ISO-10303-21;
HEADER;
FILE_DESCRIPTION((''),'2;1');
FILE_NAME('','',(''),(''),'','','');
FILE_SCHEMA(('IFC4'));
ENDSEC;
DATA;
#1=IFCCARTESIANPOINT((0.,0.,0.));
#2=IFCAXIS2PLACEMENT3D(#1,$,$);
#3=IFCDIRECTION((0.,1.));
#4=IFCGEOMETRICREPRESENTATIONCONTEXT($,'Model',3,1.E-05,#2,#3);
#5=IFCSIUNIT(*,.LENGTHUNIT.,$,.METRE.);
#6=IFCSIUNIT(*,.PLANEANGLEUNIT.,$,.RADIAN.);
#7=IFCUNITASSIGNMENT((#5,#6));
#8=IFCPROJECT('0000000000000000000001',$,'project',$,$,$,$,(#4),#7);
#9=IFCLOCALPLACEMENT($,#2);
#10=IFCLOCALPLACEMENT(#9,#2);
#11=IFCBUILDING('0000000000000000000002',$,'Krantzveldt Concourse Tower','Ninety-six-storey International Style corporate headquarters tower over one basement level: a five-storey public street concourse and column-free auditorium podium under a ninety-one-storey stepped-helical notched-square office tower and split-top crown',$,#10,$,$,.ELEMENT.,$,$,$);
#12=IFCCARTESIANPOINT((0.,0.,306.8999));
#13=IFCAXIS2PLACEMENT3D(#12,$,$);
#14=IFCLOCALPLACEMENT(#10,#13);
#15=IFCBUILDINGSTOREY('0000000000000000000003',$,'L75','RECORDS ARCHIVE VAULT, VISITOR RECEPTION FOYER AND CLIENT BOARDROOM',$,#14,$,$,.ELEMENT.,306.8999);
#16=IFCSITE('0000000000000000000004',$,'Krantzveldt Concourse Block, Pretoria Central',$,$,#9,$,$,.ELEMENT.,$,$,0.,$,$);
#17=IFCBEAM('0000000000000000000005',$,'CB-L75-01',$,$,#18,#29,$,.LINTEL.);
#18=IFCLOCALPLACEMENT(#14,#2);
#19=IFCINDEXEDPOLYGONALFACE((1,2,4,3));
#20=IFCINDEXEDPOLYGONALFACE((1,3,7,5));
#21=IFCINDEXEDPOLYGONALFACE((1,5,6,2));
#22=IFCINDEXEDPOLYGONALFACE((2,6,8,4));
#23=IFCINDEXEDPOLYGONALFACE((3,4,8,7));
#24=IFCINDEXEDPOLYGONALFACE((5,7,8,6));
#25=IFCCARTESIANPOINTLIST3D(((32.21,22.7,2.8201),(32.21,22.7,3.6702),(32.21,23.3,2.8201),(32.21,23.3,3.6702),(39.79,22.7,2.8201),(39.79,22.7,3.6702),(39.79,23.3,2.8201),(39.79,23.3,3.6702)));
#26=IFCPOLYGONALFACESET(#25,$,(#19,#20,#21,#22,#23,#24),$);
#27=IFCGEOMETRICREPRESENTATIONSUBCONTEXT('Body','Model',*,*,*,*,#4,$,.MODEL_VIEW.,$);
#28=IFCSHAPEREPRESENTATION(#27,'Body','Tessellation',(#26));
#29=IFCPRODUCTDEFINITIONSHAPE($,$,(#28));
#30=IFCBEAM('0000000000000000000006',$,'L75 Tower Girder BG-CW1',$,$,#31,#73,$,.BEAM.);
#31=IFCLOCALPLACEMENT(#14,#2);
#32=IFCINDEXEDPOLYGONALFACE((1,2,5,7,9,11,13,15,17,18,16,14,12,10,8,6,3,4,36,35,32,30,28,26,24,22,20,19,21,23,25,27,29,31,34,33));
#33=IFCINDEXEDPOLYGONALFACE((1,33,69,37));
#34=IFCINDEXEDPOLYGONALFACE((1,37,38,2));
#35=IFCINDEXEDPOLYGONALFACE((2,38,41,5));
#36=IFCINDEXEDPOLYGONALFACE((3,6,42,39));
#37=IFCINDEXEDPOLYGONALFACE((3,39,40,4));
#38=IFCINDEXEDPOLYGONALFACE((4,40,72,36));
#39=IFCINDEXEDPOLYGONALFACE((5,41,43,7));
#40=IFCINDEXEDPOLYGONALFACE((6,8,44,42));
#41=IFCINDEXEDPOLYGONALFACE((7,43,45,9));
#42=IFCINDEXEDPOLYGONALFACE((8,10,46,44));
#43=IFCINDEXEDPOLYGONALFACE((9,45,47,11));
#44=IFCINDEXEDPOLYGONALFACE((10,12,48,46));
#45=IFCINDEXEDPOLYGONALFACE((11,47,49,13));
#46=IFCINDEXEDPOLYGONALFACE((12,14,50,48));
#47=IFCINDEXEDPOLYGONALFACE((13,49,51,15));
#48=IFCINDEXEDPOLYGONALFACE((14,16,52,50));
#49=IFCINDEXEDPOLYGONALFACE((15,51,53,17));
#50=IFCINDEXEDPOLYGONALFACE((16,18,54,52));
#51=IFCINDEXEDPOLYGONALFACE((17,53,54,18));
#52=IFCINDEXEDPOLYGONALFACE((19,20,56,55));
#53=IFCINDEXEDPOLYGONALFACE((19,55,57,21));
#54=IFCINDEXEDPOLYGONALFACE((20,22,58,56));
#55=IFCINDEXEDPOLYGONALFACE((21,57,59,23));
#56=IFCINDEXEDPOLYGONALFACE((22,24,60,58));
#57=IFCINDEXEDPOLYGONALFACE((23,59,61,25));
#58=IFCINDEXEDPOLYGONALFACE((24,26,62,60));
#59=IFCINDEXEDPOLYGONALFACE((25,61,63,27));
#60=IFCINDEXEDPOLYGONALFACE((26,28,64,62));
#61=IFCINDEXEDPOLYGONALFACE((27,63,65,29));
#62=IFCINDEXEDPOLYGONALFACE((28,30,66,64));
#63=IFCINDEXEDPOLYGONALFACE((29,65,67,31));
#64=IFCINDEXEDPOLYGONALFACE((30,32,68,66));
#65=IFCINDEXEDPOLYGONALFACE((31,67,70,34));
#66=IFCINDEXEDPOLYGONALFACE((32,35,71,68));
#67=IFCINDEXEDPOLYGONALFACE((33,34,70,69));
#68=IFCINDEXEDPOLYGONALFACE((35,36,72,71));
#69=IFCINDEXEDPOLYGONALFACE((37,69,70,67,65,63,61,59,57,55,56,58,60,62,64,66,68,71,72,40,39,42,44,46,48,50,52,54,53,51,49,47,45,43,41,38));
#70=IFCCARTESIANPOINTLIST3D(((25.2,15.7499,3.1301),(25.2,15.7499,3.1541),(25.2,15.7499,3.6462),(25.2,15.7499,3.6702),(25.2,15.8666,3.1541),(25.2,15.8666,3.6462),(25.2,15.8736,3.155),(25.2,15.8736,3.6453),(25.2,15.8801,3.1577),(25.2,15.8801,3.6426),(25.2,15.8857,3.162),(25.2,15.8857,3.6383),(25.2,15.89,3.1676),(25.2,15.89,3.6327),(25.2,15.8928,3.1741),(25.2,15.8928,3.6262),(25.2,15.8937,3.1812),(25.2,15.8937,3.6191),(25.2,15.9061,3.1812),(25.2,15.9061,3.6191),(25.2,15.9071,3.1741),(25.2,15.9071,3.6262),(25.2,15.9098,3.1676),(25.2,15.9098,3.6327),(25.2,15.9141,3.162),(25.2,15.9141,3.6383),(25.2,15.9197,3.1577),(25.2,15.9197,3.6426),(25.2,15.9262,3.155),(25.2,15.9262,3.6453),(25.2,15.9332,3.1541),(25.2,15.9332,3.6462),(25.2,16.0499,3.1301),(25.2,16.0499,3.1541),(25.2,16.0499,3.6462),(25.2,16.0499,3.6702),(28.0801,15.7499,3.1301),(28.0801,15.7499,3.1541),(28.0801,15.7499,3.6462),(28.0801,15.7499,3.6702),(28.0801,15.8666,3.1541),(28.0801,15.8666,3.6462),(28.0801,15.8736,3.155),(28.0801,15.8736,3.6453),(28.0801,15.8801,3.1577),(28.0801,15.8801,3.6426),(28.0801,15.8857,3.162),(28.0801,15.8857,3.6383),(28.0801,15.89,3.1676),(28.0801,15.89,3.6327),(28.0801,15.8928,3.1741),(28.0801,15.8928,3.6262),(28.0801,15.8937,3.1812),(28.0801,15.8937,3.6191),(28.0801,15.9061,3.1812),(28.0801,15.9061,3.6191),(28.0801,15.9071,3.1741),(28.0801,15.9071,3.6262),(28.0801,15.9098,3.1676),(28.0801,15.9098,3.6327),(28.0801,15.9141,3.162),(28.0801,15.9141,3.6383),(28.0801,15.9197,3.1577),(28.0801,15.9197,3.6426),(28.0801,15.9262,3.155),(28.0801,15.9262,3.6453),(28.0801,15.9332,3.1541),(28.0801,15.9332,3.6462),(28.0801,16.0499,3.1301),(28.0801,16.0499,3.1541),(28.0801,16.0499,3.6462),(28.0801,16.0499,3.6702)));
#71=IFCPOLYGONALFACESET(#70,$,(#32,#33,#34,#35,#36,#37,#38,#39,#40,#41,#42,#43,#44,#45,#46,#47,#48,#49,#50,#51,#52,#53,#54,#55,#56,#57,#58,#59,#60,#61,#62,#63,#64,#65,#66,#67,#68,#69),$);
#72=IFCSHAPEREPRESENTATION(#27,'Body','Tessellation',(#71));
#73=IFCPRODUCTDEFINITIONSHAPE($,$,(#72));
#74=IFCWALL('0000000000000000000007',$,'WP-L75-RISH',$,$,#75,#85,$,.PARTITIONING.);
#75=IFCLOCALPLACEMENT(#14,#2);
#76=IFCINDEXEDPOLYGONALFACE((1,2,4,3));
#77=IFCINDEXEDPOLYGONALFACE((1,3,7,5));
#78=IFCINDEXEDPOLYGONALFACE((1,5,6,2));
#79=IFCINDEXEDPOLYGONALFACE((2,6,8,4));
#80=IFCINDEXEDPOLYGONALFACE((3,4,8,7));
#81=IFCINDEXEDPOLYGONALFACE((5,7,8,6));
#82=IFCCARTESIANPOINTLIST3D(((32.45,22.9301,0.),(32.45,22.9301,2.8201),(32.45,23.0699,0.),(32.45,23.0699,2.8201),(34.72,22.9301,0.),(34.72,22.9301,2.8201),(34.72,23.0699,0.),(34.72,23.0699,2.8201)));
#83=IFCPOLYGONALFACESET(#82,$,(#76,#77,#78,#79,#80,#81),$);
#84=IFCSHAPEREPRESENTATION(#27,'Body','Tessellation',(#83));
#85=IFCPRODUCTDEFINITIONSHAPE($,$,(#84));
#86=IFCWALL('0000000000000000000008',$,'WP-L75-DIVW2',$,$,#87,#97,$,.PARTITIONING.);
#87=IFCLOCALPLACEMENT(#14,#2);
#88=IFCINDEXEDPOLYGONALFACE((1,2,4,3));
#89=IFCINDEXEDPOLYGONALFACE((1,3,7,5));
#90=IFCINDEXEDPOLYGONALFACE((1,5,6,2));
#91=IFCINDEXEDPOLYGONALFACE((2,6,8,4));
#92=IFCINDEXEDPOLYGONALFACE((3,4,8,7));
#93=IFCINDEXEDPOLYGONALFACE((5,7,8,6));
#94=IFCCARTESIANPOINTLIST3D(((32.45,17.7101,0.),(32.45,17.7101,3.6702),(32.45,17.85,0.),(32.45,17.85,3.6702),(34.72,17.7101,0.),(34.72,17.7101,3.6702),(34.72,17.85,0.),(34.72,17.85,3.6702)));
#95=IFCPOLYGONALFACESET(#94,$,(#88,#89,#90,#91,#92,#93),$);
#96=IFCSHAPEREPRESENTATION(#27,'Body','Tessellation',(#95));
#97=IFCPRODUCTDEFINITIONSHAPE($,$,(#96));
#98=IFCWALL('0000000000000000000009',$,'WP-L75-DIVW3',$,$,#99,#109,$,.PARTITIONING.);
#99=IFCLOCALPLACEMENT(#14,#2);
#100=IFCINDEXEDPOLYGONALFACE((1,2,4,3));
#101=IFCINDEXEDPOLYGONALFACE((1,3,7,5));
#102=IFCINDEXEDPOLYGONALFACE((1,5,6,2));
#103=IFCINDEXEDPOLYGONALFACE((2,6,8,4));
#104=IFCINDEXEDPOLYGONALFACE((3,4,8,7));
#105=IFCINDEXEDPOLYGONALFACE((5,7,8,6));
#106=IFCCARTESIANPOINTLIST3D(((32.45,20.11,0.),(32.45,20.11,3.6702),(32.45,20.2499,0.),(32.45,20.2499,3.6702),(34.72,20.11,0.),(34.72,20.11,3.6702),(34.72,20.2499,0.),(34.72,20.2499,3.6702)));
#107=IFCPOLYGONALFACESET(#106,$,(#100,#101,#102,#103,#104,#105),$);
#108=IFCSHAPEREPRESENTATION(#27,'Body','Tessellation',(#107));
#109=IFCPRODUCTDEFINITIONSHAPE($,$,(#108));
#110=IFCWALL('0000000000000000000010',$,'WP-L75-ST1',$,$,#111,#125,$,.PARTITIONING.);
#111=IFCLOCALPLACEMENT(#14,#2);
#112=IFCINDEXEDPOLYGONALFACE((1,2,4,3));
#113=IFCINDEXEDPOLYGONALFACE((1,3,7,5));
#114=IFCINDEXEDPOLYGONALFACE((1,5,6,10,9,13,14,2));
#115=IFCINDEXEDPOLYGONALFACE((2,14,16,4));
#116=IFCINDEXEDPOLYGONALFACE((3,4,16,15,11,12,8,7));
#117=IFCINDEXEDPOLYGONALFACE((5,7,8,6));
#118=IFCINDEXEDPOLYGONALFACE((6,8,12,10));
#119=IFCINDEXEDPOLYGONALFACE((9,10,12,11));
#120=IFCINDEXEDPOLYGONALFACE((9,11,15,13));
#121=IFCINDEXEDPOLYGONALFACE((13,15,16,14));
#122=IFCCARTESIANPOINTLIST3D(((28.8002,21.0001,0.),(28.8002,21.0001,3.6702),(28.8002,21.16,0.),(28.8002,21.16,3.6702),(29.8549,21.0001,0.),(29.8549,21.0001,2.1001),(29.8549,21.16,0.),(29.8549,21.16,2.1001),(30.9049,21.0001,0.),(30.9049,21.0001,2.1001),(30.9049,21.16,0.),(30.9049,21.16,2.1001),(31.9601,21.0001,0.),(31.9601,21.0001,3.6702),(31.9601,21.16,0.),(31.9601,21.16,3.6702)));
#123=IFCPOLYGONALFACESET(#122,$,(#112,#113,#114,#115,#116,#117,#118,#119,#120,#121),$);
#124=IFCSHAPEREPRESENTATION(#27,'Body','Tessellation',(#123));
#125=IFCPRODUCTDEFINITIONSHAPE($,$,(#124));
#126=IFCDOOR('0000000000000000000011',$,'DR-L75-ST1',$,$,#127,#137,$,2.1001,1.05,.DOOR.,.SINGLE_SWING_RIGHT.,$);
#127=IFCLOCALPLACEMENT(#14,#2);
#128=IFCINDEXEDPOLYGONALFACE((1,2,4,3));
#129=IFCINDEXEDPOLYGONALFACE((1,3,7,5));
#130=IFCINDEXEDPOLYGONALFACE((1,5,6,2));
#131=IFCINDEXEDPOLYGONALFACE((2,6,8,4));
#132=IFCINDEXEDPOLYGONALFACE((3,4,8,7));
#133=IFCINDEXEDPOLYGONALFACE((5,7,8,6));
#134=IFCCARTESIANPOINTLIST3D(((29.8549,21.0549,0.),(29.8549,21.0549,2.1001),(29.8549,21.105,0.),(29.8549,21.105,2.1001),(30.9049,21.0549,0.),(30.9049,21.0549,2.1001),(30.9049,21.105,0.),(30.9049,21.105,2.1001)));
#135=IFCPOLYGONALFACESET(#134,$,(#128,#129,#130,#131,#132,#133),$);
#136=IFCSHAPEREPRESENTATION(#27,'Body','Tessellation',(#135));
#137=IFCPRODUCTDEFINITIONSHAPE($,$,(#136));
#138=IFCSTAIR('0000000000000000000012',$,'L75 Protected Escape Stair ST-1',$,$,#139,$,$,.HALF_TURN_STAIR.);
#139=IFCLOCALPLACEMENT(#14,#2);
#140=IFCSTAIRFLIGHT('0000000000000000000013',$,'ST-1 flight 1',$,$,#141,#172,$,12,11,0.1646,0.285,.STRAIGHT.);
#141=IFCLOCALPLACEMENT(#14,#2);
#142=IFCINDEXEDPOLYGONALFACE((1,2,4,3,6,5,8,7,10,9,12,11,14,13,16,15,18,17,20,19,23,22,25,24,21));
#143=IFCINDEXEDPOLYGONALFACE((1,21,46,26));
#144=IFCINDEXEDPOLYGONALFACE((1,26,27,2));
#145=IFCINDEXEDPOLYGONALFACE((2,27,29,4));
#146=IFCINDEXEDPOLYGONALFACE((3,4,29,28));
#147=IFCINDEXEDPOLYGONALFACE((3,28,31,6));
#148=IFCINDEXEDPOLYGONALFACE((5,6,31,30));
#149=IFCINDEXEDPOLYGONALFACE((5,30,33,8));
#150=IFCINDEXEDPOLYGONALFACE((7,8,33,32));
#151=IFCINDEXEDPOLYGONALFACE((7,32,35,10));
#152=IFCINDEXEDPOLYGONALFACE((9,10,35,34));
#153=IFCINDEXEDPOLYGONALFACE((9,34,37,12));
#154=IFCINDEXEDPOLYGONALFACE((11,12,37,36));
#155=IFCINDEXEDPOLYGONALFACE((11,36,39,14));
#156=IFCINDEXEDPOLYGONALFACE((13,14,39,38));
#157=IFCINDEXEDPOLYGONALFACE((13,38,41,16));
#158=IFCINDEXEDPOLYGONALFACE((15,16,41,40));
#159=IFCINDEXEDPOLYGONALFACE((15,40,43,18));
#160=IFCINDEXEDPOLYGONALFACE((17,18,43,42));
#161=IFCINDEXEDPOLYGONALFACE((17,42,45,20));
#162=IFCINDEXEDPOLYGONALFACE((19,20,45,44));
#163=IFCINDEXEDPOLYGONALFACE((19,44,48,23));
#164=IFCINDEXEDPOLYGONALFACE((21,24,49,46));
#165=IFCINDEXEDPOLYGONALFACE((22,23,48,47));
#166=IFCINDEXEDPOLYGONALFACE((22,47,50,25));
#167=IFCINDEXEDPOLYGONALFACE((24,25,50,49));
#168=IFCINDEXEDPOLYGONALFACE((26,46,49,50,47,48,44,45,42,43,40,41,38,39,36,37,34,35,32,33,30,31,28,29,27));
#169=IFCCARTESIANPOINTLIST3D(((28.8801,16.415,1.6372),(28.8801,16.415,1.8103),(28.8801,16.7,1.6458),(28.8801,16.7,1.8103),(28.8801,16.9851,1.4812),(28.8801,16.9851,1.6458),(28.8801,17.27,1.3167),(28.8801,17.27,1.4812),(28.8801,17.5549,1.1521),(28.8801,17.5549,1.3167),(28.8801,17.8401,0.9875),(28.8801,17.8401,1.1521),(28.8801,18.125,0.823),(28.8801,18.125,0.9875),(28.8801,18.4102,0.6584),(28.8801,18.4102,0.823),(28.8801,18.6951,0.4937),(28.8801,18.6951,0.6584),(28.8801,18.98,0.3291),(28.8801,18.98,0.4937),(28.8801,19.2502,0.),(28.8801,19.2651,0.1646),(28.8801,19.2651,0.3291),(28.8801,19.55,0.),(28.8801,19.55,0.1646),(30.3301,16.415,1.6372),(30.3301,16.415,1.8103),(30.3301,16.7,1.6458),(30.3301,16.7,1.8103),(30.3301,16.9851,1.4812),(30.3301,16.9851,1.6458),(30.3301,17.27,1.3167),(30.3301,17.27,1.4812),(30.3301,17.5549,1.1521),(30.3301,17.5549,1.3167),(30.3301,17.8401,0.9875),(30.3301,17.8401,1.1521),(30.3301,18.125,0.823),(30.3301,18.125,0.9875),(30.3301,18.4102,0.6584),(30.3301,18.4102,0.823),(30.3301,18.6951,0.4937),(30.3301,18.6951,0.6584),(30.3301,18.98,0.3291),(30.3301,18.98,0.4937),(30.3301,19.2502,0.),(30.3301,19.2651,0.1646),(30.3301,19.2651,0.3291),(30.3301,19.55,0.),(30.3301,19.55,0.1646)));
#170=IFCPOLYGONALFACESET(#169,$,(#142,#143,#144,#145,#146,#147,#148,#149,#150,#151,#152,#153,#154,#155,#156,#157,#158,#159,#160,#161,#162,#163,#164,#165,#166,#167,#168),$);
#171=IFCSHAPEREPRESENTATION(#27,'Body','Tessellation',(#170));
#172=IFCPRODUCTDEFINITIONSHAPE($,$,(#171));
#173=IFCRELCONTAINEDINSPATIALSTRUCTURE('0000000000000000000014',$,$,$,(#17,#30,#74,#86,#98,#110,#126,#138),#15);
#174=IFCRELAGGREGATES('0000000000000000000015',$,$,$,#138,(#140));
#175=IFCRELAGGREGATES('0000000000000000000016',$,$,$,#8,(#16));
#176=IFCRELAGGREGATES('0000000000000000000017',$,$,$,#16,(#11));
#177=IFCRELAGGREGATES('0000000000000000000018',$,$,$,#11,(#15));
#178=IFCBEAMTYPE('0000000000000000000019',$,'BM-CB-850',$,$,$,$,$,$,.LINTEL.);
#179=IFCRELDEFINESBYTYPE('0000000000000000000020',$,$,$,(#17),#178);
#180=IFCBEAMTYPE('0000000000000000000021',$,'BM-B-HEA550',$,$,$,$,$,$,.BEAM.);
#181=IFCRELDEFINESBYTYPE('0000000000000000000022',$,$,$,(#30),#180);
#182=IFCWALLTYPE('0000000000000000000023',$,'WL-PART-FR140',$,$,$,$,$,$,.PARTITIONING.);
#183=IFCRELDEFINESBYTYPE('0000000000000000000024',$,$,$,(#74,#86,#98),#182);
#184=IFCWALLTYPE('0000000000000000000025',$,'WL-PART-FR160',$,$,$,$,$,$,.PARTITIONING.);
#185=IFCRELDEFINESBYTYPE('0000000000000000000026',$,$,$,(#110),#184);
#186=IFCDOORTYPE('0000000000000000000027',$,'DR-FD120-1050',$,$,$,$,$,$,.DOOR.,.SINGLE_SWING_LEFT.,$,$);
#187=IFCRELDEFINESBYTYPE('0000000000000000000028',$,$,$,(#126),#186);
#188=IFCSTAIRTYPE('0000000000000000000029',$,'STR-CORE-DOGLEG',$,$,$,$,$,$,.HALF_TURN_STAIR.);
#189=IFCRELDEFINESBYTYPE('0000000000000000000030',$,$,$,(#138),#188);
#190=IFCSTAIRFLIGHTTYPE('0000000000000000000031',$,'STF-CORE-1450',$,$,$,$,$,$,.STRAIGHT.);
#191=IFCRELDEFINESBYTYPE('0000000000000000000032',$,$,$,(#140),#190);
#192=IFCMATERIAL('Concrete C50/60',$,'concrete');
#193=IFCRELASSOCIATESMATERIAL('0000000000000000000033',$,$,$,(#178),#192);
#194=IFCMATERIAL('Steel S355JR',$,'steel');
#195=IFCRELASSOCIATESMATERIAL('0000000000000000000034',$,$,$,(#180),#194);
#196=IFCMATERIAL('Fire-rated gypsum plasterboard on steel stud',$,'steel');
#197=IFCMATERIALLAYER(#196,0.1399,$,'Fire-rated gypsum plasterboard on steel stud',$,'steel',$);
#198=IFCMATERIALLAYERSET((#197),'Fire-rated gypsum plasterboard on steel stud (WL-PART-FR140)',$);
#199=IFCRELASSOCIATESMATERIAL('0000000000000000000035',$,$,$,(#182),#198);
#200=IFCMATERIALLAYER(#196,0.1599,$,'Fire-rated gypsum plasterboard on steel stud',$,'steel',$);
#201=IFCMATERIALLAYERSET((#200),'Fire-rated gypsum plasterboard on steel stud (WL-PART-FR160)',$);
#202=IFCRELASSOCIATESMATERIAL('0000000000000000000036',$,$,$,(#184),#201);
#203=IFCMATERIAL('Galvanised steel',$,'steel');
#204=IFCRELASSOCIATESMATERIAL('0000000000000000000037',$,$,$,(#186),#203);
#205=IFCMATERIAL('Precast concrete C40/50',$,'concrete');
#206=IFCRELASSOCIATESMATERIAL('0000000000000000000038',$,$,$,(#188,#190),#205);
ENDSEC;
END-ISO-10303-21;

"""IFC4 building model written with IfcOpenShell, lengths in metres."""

from ifc_helpers import new_model, si_unit, direction, frame, frame_2d, origin, origin_2d, place, context, subcontext, project, spatial, polyline, rectangle, i_section, outline, extrude, source, transform, mapped, material, layer, layer_set, material_profile, profile_set, type_object, type_shapes, element, fill, aggregate, save


model = new_model("IFC4")

# Units and contexts
model_context = context("Model", 3, precision=1e-05, world=origin(), true_north=direction((0.0, 1.0)))
body_context = subcontext(model_context, "Body", "Model", "MODEL_VIEW")
ifc_project = project(units=[si_unit("LENGTHUNIT", "METRE"), si_unit("PLANEANGLEUNIT", "RADIAN")], contexts=[model_context])

# Site, building, storey
site_placement = place(None, origin())
site = spatial("IfcSite", under=ifc_project, at=site_placement, Name="Krantzveldt Concourse Block, Pretoria Central", CompositionType="ELEMENT", RefElevation=0.0)
building_placement = place(site_placement, origin())
building = spatial("IfcBuilding", under=site, at=building_placement, Name="Krantzveldt Concourse Tower", Description="Ninety-six-storey International Style corporate headquarters tower over one basement level: a five-storey public street concourse and column-free auditorium podium under a ninety-one-storey stepped-helical notched-square office tower and split-top crown", CompositionType="ELEMENT")
storey_placement = place(building_placement, frame((0.0, 0.0, 306.8999)))
storey = spatial("IfcBuildingStorey", under=building, at=storey_placement, Name="L75", Description="RECORDS ARCHIVE VAULT, VISITOR RECEPTION FOYER AND CLIENT BOARDROOM", CompositionType="ELEMENT", Elevation=306.8999)

# Beams
ifc_material_1 = material(Name="Concrete C50/60", Category="concrete")
ifc_material_profile_1 = material_profile(ifc_material_1, rectangle(XDim=0.6001, YDim=0.8501, at=origin_2d()), Name="Concrete C50/60", Category="concrete")
ifc_profile_set_1 = profile_set([ifc_material_profile_1], Name="Concrete C50/60 - RC-CB 600x850")
beam_type_1 = type_object("IfcBeamType", Name="BM-CB-850", PredefinedType="LINTEL", material=ifc_profile_set_1)
shared_shape_1 = source(origin(), body_context, "Body", "SweptSolid", [
    extrude(rectangle(XDim=0.6001, YDim=0.8501, at=origin_2d()), origin(), (0.0, 0.0, 1.0), 7.5801),
])
type_shapes(beam_type_1, [shared_shape_1])
beam_1_placement = place(storey_placement, frame((32.21, 23.0, 3.2451), z_axis=(1.0, 0.0, 0.0), x_axis=(0.0, 1.0, 0.0)))
element("IfcBeam", 1, at=beam_1_placement, inside=storey, type_object=beam_type_1, Name="CB-L75-01", PredefinedType="LINTEL", context=body_context, shape_type="MappedRepresentation", body=[
    mapped(shared_shape_1, transform((0.0, 0.0, 0.0), x_axis=(1.0, 0.0, 0.0), y_axis=(0.0, 1.0, 0.0), z_axis=(0.0, 0.0, 1.0), scale=1.0)),
])
ifc_material_2 = material(Name="Steel S355JR", Category="steel")
ifc_material_profile_2 = material_profile(ifc_material_2, i_section(OverallWidth=0.3, OverallDepth=0.54, WebThickness=0.0125, FlangeThickness=0.0239, FilletRadius=0.0271, at=origin_2d()), Name="Steel S355JR", Category="steel")
ifc_profile_set_2 = profile_set([ifc_material_profile_2], Name="Steel S355JR - HEA 550")
beam_type_2 = type_object("IfcBeamType", Name="BM-B-HEA550", PredefinedType="BEAM", material=ifc_profile_set_2)
shared_shape_2 = source(origin(), body_context, "Body", "SweptSolid", [
    extrude(i_section(OverallWidth=0.3, OverallDepth=0.54, WebThickness=0.0125, FlangeThickness=0.0239, FilletRadius=0.0271, at=origin_2d()), origin(), (0.0, 0.0, 1.0), 2.8801),
])
type_shapes(beam_type_2, [shared_shape_2])
beam_2_placement = place(storey_placement, frame((25.2, 15.8999, 3.4001), z_axis=(1.0, 0.0, 0.0), x_axis=(0.0, 1.0, 0.0)))
element("IfcBeam", 2, at=beam_2_placement, inside=storey, type_object=beam_type_2, Name="L75 Tower Girder BG-CW1", PredefinedType="BEAM", context=body_context, shape_type="MappedRepresentation", body=[
    mapped(shared_shape_2, transform((0.0, 0.0, 0.0), x_axis=(1.0, 0.0, 0.0), y_axis=(0.0, 1.0, 0.0), z_axis=(0.0, 0.0, 1.0), scale=1.0)),
])

# Walls
ifc_material_3 = material(Name="Fire-rated gypsum plasterboard on steel stud", Category="steel")
ifc_layer_1 = layer(ifc_material_3, 0.1399, Name="Fire-rated gypsum plasterboard on steel stud", Category="steel")
ifc_layer_set_1 = layer_set([ifc_layer_1], Name="Fire-rated gypsum plasterboard on steel stud (WL-PART-FR140)")
wall_type_1 = type_object("IfcWallType", Name="WL-PART-FR140", PredefinedType="PARTITIONING", material=ifc_layer_set_1)
wall_1_placement = place(storey_placement, frame((32.45, 23.0, 0.0), z_axis=(0.0, 0.0, 1.0), x_axis=(1.0, 0.0, 0.0)))
element("IfcWall", 3, at=wall_1_placement, inside=storey, type_object=wall_type_1, Name="WP-L75-RISH", PredefinedType="PARTITIONING", context=body_context, shape_type="SweptSolid", body=[
    extrude(rectangle(XDim=2.27, YDim=0.1399, at=frame_2d((1.135, 0.0))), origin(), (0.0, 0.0, 1.0), 2.8201),
])
for number, where, z_axis, x_axis, name in (
    (4, (32.45, 17.78, 0.0), (0.0, 0.0, 1.0), (1.0, 0.0, 0.0), "WP-L75-DIVW2"),
    (5, (32.45, 20.1799, 0.0), (0.0, 0.0, 1.0), (1.0, 0.0, 0.0), "WP-L75-DIVW3"),
):
    element("IfcWall", number, at=place(storey_placement, frame(where, z_axis=z_axis, x_axis=x_axis)), inside=storey, type_object=wall_type_1, Name=name, PredefinedType="PARTITIONING", context=body_context, shape_type="SweptSolid", body=[
        extrude(rectangle(XDim=2.27, YDim=0.1399, at=frame_2d((1.135, 0.0))), origin(), (0.0, 0.0, 1.0), 3.6702),
    ])

# Wall, opening, door
ifc_layer_2 = layer(ifc_material_3, 0.1599, Name="Fire-rated gypsum plasterboard on steel stud", Category="steel")
ifc_layer_set_2 = layer_set([ifc_layer_2], Name="Fire-rated gypsum plasterboard on steel stud (WL-PART-FR160)")
wall_type_2 = type_object("IfcWallType", Name="WL-PART-FR160", PredefinedType="PARTITIONING", material=ifc_layer_set_2)
wall_2_placement = place(storey_placement, frame((28.8, 21.0801, 0.0), z_axis=(0.0, 0.0, 1.0), x_axis=(1.0, 0.0, 0.0)))
wall_2 = element("IfcWall", 6, at=wall_2_placement, inside=storey, type_object=wall_type_2, Name="WP-L75-ST1", PredefinedType="PARTITIONING", context=body_context, shape_type="SweptSolid", body=[
    extrude(rectangle(XDim=3.1599, YDim=0.1599, at=frame_2d((1.5801, 0.0))), origin(), (0.0, 0.0, 1.0), 3.6702),
])
opening_placement = place(wall_2_placement, frame((1.0549, 0.0, 0.0)))
opening = element("IfcOpeningElement", 7, at=opening_placement, cuts=wall_2, PredefinedType="OPENING", context=body_context, shape_type="SweptSolid", body=[
    extrude(rectangle(XDim=1.05, YDim=2.1001, at=frame_2d((0.5249, 1.05))), frame((0.0, 0.0898, 0.0), z_axis=(0.0, -1.0, 0.0), x_axis=(1.0, 0.0, 0.0)), (0.0, 0.0, 1.0), 0.1799),
])
ifc_material_4 = material(Name="Galvanised steel", Category="steel")
door_type = type_object("IfcDoorType", Name="DR-FD120-1050", OperationType="SINGLE_SWING_LEFT", PredefinedType="DOOR", material=ifc_material_4)
door_placement = place(opening_placement, origin())
door = element("IfcDoor", 8, at=door_placement, inside=storey, type_object=door_type, Name="DR-L75-ST1", OperationType="SINGLE_SWING_RIGHT", OverallHeight=2.1001, OverallWidth=1.05, PredefinedType="DOOR", context=body_context, shape_type="SweptSolid", body=[
    extrude(rectangle(XDim=1.05, YDim=2.1001, at=frame_2d((0.5249, 1.05))), frame((0.0, 0.0249, 0.0), z_axis=(0.0, -1.0, 0.0), x_axis=(1.0, 0.0, 0.0)), (0.0, 0.0, 1.0), 0.05),
])
fill(opening, door)

# Stair, stair flight
ifc_material_5 = material(Name="Precast concrete C40/50", Category="concrete")
stair_type = type_object("IfcStairType", Name="STR-CORE-DOGLEG", PredefinedType="HALF_TURN_STAIR", material=ifc_material_5)
stair_placement = place(storey_placement, origin())
stair = element("IfcStair", 9, at=stair_placement, inside=storey, type_object=stair_type, Name="L75 Protected Escape Stair ST-1", PredefinedType="HALF_TURN_STAIR")
stair_flight_type = type_object("IfcStairFlightType", Name="STF-CORE-1450", PredefinedType="STRAIGHT", material=ifc_material_5)
stair_flight_1_placement = place(storey_placement, frame((29.605, 19.55, 0.0), z_axis=(0.0, 0.0, 1.0), x_axis=(0.0, -1.0, 0.0)))
stair_flight_1 = element("IfcStairFlight", 10, at=stair_flight_1_placement, type_object=stair_flight_type, Name="ST-1 flight 1", NumberOfRisers=12, NumberOfTreads=11, PredefinedType="STRAIGHT", RiserHeight=0.1646, TreadLength=0.285, context=body_context, shape_type="SweptSolid", body=[
    extrude(outline(polyline([(0.0, 0.0), (0.0, 0.1646), (0.2849, 0.1646), (0.2849, 0.3291), (0.5701, 0.3291), (0.5701, 0.4937), (0.855, 0.4937), (0.855, 0.6584), (1.1399, 0.6584), (1.1399, 0.823), (1.425, 0.823), (1.425, 0.9875), (1.71, 0.9875), (1.71, 1.1521), (1.9951, 1.1521), (1.9951, 1.3167), (2.28, 1.3167), (2.28, 1.4812), (2.5649, 1.4812), (2.5649, 1.6458), (2.8501, 1.6458), (2.8501, 1.8103), (3.135, 1.8103), (3.135, 1.9751), (3.135, 1.6372), (0.2998, 0.0), (0.0, 0.0)])), frame((0.0, 0.7251, 0.0), z_axis=(0.0, -1.0, 0.0), x_axis=(1.0, 0.0, 0.0)), (0.0, 0.0, 1.0), 1.45),
])
aggregate(stair, [stair_flight_1])

save(model, "model.ifc")
